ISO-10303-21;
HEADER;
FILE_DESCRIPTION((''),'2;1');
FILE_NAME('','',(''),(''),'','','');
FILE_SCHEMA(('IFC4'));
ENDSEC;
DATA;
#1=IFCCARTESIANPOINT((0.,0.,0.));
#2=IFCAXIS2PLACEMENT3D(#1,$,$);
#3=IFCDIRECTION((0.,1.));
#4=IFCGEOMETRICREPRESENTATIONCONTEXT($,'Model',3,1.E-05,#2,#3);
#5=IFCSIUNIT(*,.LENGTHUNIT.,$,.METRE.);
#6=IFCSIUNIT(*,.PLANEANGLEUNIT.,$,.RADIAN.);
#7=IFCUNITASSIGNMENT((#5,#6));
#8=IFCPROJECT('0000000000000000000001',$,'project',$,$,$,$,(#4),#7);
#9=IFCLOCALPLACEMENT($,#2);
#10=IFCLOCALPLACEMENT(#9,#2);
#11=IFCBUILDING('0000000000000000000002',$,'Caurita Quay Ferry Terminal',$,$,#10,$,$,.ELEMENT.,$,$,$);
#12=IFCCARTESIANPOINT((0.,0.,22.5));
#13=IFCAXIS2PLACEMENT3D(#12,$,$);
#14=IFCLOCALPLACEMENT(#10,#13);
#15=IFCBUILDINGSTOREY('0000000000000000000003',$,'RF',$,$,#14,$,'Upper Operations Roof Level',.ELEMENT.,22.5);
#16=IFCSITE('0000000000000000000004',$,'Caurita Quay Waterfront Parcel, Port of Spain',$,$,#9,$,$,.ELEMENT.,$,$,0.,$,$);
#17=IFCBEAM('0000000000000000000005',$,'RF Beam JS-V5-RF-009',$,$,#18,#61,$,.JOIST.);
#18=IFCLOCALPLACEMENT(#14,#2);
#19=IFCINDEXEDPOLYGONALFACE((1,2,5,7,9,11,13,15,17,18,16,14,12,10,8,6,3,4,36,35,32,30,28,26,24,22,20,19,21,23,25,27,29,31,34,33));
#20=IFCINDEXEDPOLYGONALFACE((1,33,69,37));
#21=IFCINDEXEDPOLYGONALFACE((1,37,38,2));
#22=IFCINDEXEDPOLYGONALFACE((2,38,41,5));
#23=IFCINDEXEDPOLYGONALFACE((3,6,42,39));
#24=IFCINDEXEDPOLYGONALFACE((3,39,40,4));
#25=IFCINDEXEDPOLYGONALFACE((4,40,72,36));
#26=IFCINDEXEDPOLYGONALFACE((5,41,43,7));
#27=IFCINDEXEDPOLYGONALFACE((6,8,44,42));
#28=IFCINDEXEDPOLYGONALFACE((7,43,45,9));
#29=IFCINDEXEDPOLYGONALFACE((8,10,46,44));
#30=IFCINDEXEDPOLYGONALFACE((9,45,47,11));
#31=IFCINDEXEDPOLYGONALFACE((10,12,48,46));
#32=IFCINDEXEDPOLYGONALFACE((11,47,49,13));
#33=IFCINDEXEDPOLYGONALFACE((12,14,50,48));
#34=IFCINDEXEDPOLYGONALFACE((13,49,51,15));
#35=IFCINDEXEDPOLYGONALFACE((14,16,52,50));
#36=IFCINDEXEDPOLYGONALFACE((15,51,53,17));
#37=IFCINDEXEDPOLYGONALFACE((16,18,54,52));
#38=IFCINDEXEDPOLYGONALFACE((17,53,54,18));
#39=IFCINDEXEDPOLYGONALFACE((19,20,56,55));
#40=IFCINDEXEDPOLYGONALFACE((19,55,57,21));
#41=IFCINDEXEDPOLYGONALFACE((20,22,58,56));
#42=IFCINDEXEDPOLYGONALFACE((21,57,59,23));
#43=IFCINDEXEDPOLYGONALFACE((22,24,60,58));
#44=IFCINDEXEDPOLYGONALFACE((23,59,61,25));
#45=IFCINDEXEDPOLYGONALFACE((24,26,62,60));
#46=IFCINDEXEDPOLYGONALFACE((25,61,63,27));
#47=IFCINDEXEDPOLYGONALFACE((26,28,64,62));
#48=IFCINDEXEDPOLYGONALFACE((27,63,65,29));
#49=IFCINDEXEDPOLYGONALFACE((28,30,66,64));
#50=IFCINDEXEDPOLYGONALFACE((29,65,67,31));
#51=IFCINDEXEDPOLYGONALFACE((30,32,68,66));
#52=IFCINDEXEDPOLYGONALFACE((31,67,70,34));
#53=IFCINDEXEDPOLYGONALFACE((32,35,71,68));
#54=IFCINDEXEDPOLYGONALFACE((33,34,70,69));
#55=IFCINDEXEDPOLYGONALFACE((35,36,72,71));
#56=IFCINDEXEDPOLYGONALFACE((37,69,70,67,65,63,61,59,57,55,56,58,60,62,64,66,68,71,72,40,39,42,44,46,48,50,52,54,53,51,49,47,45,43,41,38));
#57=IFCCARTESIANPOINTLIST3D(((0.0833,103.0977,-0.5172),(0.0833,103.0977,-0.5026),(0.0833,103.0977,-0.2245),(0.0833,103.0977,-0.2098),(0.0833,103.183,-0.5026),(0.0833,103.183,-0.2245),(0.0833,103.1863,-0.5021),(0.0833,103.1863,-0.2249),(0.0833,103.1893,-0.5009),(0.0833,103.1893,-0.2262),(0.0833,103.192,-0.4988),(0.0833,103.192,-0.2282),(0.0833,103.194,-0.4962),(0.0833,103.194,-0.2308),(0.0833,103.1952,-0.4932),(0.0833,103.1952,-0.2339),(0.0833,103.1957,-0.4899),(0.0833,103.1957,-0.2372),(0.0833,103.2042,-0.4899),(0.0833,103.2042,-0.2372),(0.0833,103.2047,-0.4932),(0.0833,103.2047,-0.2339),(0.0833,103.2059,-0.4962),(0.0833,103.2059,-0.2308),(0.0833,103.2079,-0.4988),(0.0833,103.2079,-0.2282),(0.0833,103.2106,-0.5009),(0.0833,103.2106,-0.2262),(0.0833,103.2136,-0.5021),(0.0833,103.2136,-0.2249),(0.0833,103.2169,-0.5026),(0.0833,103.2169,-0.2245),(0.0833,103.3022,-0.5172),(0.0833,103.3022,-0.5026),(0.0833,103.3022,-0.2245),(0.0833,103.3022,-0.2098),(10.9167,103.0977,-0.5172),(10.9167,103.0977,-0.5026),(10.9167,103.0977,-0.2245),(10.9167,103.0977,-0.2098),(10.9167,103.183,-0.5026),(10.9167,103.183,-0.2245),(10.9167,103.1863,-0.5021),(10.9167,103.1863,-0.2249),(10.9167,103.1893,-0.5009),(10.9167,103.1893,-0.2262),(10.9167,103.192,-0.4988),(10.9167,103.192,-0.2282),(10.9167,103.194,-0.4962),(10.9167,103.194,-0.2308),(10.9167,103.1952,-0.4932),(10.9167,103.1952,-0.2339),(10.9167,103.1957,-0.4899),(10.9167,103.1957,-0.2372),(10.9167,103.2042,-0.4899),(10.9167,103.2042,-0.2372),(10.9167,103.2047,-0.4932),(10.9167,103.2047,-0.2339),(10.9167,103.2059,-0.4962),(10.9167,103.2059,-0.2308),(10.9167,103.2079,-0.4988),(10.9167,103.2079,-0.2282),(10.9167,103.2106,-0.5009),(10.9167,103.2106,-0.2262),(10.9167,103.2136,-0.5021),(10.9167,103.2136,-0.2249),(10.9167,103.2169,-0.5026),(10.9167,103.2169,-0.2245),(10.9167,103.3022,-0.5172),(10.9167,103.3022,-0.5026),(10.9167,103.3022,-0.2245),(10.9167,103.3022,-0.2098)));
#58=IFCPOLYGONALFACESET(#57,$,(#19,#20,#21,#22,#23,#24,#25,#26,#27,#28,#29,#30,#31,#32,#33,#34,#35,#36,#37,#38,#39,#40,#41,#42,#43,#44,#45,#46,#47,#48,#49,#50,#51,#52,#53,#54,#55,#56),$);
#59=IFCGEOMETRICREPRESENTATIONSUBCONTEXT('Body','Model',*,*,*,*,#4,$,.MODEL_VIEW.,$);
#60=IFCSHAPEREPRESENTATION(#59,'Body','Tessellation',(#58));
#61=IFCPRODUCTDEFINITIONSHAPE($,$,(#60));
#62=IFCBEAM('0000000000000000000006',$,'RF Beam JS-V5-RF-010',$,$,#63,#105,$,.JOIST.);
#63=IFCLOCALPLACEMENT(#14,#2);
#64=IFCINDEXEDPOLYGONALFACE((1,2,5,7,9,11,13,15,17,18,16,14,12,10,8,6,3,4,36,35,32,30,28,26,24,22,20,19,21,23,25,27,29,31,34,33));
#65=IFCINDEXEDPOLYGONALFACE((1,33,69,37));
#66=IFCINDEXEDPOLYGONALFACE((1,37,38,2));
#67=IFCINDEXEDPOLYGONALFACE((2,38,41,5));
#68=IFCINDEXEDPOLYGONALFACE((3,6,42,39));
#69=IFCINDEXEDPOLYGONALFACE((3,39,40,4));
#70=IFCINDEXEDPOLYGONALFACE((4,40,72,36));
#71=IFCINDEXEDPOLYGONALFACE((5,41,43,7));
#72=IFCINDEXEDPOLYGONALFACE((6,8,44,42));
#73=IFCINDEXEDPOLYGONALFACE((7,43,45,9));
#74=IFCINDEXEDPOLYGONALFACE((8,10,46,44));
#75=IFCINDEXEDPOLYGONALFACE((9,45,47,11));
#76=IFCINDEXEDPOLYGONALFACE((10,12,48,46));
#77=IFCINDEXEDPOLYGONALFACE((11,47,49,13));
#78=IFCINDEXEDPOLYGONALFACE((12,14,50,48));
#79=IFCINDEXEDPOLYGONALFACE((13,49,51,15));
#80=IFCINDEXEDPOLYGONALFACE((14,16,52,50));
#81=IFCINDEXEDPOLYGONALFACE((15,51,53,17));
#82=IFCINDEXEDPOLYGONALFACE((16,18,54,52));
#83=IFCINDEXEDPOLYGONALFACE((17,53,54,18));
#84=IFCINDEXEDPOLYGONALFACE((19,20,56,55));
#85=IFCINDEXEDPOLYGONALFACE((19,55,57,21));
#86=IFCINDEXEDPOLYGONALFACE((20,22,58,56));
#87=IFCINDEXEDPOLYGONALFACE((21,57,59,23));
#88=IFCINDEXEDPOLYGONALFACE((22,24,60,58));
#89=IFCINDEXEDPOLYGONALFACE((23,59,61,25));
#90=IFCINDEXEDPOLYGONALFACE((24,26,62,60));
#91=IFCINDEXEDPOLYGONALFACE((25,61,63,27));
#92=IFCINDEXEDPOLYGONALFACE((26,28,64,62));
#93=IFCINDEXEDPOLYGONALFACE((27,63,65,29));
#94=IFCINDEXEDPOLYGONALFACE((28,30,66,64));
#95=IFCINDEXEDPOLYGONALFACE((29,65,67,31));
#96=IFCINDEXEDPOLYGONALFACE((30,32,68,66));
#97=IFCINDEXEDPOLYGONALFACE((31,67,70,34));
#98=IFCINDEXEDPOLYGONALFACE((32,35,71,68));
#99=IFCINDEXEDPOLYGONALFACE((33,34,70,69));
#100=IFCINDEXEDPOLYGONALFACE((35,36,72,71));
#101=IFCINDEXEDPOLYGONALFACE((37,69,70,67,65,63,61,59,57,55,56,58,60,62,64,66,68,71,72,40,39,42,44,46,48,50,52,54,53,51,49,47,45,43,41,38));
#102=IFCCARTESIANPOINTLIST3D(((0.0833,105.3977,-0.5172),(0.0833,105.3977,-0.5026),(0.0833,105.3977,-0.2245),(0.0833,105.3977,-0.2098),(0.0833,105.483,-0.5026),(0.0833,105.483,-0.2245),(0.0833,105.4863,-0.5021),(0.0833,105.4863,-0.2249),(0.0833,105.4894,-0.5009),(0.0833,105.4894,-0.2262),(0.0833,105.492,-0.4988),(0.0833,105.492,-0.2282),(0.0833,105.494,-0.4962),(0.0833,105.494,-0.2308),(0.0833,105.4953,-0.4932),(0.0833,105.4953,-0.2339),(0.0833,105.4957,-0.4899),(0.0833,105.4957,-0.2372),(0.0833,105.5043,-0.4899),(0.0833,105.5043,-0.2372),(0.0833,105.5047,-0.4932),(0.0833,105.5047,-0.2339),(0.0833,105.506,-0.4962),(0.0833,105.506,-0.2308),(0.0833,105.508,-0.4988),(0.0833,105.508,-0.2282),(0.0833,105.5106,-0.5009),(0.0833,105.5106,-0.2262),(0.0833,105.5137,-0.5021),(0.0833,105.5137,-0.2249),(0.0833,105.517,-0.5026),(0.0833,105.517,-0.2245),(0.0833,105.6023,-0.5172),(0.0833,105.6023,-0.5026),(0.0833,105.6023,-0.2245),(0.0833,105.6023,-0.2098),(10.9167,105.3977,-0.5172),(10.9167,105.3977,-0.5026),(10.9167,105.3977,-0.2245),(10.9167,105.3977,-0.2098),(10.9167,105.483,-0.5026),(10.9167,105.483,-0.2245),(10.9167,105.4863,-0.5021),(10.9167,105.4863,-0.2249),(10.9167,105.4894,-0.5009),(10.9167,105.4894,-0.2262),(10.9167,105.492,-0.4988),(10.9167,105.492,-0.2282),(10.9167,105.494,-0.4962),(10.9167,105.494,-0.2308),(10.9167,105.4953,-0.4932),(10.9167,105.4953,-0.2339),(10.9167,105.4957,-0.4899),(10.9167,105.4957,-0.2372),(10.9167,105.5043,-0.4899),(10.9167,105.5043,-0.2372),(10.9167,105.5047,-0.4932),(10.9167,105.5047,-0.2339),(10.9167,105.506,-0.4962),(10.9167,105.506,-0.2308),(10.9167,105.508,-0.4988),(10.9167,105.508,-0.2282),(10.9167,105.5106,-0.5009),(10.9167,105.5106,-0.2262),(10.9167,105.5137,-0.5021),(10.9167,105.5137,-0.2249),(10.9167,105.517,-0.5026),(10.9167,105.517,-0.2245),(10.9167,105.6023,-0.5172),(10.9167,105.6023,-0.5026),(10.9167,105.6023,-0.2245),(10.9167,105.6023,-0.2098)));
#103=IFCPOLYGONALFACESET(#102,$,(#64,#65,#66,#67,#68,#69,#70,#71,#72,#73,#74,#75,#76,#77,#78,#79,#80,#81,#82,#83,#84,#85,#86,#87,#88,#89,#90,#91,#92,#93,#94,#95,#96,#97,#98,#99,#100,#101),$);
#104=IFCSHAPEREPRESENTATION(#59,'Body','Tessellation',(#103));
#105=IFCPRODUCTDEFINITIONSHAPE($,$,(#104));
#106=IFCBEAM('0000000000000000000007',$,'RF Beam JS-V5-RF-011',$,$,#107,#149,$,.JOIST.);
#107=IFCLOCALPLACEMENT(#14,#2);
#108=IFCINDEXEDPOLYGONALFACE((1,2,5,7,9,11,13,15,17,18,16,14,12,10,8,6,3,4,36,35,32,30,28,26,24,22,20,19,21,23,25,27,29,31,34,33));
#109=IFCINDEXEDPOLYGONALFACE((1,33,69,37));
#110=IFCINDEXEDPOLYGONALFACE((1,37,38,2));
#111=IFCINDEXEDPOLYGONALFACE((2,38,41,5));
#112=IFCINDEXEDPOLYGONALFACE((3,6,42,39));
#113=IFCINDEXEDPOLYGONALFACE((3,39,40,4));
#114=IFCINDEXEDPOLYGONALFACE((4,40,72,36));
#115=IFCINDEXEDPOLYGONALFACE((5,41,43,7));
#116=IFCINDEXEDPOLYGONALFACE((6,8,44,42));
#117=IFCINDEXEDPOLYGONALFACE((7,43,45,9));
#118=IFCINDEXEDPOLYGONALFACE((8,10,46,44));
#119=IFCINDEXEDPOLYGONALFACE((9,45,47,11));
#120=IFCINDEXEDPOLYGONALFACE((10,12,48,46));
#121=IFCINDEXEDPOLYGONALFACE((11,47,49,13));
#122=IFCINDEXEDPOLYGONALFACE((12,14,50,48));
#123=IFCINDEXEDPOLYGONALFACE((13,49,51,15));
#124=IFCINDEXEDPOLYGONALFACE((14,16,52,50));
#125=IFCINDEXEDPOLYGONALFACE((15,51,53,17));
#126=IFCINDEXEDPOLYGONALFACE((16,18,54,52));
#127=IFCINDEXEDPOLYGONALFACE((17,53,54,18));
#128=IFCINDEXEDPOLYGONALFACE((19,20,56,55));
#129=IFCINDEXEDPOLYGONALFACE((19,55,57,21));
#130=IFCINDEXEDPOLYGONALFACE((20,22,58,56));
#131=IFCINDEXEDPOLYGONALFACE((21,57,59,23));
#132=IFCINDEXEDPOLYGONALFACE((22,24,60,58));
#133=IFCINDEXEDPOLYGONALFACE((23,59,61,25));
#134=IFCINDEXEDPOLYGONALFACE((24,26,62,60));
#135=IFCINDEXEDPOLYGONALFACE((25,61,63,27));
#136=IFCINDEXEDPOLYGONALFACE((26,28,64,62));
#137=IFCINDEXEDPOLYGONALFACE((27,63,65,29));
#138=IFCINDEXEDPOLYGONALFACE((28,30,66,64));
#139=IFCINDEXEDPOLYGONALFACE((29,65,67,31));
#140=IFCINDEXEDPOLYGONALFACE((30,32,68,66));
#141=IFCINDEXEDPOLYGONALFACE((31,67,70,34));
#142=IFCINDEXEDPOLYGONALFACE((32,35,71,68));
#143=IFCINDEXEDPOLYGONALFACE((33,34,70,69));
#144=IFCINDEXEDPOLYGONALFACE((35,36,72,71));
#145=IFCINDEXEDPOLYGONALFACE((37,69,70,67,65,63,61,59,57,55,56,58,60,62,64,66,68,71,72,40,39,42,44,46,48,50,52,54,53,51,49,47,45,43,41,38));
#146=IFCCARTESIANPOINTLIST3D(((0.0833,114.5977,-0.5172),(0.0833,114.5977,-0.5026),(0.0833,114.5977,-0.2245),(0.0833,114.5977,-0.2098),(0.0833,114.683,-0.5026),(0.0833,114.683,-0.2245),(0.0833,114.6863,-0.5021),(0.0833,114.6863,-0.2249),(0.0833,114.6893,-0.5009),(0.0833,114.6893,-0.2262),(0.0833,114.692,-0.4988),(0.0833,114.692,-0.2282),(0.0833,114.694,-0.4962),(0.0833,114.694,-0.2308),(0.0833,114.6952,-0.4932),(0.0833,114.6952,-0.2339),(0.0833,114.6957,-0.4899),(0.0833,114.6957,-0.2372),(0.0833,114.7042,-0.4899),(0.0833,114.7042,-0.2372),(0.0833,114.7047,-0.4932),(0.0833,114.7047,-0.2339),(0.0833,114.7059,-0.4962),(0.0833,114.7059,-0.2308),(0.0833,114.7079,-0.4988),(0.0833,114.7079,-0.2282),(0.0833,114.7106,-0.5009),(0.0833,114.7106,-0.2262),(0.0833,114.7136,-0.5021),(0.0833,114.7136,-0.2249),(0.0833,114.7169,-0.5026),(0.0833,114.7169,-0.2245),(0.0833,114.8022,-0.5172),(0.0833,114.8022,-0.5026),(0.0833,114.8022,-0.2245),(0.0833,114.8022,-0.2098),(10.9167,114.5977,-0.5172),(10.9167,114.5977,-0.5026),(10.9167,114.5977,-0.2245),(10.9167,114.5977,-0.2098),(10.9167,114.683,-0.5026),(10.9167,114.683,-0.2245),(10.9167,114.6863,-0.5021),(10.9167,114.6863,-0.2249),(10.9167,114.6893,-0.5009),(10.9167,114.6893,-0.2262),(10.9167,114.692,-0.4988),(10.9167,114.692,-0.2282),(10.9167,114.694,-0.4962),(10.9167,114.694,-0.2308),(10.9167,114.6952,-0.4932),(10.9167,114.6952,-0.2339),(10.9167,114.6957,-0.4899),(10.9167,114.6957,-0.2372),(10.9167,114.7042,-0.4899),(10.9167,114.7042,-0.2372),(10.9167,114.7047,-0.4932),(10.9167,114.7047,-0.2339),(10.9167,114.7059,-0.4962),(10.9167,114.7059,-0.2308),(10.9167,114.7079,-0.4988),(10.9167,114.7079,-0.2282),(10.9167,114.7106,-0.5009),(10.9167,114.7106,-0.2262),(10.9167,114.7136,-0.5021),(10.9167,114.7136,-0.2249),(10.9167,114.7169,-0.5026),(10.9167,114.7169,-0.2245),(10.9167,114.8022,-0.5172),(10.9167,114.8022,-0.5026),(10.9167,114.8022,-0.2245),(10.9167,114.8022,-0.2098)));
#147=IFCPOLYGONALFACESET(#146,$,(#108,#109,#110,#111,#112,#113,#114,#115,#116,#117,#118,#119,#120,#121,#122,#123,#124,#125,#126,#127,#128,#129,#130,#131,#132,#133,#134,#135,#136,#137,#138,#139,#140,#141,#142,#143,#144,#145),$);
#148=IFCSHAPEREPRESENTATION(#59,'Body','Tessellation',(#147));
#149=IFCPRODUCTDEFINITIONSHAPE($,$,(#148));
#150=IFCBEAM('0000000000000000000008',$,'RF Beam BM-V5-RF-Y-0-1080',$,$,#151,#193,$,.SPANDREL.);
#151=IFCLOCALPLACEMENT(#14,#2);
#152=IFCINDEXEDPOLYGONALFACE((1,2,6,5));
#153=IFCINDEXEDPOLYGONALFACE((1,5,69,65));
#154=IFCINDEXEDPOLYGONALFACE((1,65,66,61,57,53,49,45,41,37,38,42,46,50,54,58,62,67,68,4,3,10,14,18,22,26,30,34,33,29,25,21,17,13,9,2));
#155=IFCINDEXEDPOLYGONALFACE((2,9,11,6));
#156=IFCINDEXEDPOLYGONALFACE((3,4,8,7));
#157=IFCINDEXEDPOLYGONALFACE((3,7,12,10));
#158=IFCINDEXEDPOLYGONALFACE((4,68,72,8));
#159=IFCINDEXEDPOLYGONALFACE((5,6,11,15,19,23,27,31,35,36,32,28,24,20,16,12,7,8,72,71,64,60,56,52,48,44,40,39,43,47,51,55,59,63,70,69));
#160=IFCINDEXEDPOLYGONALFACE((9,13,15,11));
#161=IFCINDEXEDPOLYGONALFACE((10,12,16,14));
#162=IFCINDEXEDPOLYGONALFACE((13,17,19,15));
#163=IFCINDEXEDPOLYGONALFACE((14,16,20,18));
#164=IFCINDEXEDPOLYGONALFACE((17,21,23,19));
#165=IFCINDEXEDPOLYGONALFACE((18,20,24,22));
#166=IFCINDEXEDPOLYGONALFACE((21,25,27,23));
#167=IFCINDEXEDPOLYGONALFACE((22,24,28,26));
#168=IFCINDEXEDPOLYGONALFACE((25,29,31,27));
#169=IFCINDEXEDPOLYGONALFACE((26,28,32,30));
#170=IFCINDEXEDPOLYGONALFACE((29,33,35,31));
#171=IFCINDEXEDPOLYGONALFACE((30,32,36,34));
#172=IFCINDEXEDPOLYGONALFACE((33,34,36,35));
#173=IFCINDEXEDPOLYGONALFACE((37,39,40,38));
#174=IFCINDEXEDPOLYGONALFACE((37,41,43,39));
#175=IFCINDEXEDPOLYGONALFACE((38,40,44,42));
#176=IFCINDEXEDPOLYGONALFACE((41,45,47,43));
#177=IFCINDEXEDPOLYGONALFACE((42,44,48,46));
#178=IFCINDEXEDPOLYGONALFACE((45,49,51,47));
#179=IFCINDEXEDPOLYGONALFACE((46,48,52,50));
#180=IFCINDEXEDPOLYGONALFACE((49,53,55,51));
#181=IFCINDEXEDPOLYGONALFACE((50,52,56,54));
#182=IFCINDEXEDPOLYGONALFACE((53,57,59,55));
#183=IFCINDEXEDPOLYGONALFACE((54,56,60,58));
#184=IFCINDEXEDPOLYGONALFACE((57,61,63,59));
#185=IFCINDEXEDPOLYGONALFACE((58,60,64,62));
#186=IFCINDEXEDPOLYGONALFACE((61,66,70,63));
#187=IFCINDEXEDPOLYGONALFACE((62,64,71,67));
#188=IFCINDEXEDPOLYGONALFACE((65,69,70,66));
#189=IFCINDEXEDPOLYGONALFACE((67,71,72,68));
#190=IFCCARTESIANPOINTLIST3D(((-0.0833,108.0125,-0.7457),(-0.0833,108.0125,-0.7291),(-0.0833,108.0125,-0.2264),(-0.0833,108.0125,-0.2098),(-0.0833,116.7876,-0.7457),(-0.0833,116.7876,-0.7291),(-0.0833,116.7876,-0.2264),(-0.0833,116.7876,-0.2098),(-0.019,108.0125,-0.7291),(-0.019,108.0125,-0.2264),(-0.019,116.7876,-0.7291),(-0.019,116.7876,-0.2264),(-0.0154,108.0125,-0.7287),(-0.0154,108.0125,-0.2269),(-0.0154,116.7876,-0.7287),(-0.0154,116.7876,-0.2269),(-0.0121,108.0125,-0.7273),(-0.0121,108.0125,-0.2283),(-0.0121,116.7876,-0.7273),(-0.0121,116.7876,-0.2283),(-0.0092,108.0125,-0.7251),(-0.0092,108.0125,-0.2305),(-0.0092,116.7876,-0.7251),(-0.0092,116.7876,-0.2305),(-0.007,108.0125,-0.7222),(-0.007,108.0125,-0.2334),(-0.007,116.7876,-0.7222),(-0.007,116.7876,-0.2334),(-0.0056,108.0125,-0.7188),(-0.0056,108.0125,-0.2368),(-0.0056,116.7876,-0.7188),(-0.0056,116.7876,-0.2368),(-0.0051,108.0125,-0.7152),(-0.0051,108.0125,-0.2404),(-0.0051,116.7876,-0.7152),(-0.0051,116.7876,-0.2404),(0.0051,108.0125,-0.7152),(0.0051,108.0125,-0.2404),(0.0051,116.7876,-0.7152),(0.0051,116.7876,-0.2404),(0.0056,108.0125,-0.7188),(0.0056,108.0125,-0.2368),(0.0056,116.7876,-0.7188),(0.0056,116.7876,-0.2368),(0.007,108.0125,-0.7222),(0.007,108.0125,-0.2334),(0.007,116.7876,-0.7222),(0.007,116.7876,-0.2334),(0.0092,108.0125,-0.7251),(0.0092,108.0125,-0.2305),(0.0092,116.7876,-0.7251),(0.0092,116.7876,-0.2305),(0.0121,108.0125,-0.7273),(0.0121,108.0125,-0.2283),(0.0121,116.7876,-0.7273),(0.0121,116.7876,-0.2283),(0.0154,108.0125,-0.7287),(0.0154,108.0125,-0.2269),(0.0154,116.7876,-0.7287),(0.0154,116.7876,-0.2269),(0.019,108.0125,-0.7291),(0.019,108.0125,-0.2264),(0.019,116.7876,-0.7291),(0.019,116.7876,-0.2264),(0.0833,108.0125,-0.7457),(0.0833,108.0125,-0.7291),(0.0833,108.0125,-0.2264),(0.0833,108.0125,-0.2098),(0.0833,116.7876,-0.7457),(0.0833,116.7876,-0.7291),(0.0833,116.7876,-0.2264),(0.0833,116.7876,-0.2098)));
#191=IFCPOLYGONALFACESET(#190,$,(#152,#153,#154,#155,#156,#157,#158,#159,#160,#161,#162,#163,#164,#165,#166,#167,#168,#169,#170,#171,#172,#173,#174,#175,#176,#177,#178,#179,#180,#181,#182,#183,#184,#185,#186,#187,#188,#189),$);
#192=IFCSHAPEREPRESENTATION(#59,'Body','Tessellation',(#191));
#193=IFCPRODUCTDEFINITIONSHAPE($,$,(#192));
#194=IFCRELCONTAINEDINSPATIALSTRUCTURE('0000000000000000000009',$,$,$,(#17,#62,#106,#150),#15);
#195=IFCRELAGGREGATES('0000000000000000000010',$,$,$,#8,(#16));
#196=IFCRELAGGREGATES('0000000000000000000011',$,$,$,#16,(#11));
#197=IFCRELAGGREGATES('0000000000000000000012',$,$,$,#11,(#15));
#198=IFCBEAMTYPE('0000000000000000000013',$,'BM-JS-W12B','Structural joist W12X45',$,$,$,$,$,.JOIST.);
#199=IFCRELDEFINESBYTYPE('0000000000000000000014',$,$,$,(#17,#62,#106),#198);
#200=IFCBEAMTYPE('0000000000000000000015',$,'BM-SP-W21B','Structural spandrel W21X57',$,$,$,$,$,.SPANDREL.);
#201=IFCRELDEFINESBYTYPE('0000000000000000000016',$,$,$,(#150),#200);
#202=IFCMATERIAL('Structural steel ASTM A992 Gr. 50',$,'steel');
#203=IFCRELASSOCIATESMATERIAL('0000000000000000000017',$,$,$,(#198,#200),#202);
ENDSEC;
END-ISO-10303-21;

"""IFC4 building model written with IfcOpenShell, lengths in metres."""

from ifc_helpers import new_model, si_unit, direction, frame, origin, origin_2d, place, context, subcontext, project, spatial, i_section, extrude, material, material_profile, profile_set, type_object, element, save


model = new_model("IFC4")

# Units and contexts
model_context = context("Model", 3, precision=1e-05, world=origin(), true_north=direction((0.0, 1.0)))
body_context = subcontext(model_context, "Body", "Model", "MODEL_VIEW")
ifc_project = project(units=[si_unit("LENGTHUNIT", "METRE"), si_unit("PLANEANGLEUNIT", "RADIAN")], contexts=[model_context])

# Site, building, storey
site_placement = place(None, origin())
site = spatial("IfcSite", under=ifc_project, at=site_placement, Name="Caurita Quay Waterfront Parcel, Port of Spain", CompositionType="ELEMENT", RefElevation=0.0)
building_placement = place(site_placement, origin())
building = spatial("IfcBuilding", under=site, at=building_placement, Name="Caurita Quay Ferry Terminal", CompositionType="ELEMENT")
storey_placement = place(building_placement, frame((0.0, 0.0, 22.5)))
storey = spatial("IfcBuildingStorey", under=building, at=storey_placement, Name="RF", LongName="Upper Operations Roof Level", CompositionType="ELEMENT", Elevation=22.5)

# Beams
ifc_material_1 = material(Name="Structural steel ASTM A992 Gr. 50", Category="steel")
ifc_material_profile_1 = material_profile(ifc_material_1, i_section(OverallWidth=0.2046, OverallDepth=0.3074, WebThickness=0.0085, FlangeThickness=0.0146, FilletRadius=0.0127, at=origin_2d()), Name="W12X45")
ifc_profile_set_1 = profile_set([ifc_material_profile_1], Name="Structural steel ASTM A992 Gr. 50")
beam_type_1 = type_object("IfcBeamType", Name="BM-JS-W12B", Description="Structural joist W12X45", PredefinedType="JOIST", material=ifc_profile_set_1)
for number, where, z_axis, x_axis, name in (
    (1, (0.0833, 103.2, -0.3635), (1.0, 0.0, 0.0), (0.0, 1.0, 0.0), "RF Beam JS-V5-RF-009"),
    (2, (0.0833, 105.5, -0.3635), (1.0, 0.0, 0.0), (0.0, 1.0, 0.0), "RF Beam JS-V5-RF-010"),
    (3, (0.0833, 114.7, -0.3635), (1.0, 0.0, 0.0), (0.0, 1.0, 0.0), "RF Beam JS-V5-RF-011"),
):
    element("IfcBeam", number, at=place(storey_placement, frame(where, z_axis=z_axis, x_axis=x_axis)), inside=storey, type_object=beam_type_1, Name=name, PredefinedType="JOIST", context=body_context, shape_type="SweptSolid", body=[
        extrude(i_section(OverallWidth=0.2046, OverallDepth=0.3074, WebThickness=0.0085, FlangeThickness=0.0146, FilletRadius=0.0127, at=origin_2d()), origin(), (0.0, 0.0, 1.0), 10.8335),
    ])
ifc_material_profile_2 = material_profile(ifc_material_1, i_section(OverallWidth=0.1665, OverallDepth=0.5359, WebThickness=0.0103, FlangeThickness=0.0166, FilletRadius=0.0139, at=origin_2d()), Name="W21X57")
ifc_profile_set_2 = profile_set([ifc_material_profile_2], Name="Structural steel ASTM A992 Gr. 50")
beam_type_2 = type_object("IfcBeamType", Name="BM-SP-W21B", Description="Structural spandrel W21X57", PredefinedType="SPANDREL", material=ifc_profile_set_2)
beam_1_placement = place(storey_placement, frame((0.0, 108.0125, -0.4778), z_axis=(0.0, 1.0, 0.0), x_axis=(-1.0, 0.0, 0.0)))
element("IfcBeam", 4, at=beam_1_placement, inside=storey, type_object=beam_type_2, Name="RF Beam BM-V5-RF-Y-0-1080", PredefinedType="SPANDREL", context=body_context, shape_type="SweptSolid", body=[
    extrude(i_section(OverallWidth=0.1665, OverallDepth=0.5359, WebThickness=0.0103, FlangeThickness=0.0166, FilletRadius=0.0139, at=origin_2d()), origin(), (0.0, 0.0, 1.0), 8.7751),
])

save(model, "model.ifc")
